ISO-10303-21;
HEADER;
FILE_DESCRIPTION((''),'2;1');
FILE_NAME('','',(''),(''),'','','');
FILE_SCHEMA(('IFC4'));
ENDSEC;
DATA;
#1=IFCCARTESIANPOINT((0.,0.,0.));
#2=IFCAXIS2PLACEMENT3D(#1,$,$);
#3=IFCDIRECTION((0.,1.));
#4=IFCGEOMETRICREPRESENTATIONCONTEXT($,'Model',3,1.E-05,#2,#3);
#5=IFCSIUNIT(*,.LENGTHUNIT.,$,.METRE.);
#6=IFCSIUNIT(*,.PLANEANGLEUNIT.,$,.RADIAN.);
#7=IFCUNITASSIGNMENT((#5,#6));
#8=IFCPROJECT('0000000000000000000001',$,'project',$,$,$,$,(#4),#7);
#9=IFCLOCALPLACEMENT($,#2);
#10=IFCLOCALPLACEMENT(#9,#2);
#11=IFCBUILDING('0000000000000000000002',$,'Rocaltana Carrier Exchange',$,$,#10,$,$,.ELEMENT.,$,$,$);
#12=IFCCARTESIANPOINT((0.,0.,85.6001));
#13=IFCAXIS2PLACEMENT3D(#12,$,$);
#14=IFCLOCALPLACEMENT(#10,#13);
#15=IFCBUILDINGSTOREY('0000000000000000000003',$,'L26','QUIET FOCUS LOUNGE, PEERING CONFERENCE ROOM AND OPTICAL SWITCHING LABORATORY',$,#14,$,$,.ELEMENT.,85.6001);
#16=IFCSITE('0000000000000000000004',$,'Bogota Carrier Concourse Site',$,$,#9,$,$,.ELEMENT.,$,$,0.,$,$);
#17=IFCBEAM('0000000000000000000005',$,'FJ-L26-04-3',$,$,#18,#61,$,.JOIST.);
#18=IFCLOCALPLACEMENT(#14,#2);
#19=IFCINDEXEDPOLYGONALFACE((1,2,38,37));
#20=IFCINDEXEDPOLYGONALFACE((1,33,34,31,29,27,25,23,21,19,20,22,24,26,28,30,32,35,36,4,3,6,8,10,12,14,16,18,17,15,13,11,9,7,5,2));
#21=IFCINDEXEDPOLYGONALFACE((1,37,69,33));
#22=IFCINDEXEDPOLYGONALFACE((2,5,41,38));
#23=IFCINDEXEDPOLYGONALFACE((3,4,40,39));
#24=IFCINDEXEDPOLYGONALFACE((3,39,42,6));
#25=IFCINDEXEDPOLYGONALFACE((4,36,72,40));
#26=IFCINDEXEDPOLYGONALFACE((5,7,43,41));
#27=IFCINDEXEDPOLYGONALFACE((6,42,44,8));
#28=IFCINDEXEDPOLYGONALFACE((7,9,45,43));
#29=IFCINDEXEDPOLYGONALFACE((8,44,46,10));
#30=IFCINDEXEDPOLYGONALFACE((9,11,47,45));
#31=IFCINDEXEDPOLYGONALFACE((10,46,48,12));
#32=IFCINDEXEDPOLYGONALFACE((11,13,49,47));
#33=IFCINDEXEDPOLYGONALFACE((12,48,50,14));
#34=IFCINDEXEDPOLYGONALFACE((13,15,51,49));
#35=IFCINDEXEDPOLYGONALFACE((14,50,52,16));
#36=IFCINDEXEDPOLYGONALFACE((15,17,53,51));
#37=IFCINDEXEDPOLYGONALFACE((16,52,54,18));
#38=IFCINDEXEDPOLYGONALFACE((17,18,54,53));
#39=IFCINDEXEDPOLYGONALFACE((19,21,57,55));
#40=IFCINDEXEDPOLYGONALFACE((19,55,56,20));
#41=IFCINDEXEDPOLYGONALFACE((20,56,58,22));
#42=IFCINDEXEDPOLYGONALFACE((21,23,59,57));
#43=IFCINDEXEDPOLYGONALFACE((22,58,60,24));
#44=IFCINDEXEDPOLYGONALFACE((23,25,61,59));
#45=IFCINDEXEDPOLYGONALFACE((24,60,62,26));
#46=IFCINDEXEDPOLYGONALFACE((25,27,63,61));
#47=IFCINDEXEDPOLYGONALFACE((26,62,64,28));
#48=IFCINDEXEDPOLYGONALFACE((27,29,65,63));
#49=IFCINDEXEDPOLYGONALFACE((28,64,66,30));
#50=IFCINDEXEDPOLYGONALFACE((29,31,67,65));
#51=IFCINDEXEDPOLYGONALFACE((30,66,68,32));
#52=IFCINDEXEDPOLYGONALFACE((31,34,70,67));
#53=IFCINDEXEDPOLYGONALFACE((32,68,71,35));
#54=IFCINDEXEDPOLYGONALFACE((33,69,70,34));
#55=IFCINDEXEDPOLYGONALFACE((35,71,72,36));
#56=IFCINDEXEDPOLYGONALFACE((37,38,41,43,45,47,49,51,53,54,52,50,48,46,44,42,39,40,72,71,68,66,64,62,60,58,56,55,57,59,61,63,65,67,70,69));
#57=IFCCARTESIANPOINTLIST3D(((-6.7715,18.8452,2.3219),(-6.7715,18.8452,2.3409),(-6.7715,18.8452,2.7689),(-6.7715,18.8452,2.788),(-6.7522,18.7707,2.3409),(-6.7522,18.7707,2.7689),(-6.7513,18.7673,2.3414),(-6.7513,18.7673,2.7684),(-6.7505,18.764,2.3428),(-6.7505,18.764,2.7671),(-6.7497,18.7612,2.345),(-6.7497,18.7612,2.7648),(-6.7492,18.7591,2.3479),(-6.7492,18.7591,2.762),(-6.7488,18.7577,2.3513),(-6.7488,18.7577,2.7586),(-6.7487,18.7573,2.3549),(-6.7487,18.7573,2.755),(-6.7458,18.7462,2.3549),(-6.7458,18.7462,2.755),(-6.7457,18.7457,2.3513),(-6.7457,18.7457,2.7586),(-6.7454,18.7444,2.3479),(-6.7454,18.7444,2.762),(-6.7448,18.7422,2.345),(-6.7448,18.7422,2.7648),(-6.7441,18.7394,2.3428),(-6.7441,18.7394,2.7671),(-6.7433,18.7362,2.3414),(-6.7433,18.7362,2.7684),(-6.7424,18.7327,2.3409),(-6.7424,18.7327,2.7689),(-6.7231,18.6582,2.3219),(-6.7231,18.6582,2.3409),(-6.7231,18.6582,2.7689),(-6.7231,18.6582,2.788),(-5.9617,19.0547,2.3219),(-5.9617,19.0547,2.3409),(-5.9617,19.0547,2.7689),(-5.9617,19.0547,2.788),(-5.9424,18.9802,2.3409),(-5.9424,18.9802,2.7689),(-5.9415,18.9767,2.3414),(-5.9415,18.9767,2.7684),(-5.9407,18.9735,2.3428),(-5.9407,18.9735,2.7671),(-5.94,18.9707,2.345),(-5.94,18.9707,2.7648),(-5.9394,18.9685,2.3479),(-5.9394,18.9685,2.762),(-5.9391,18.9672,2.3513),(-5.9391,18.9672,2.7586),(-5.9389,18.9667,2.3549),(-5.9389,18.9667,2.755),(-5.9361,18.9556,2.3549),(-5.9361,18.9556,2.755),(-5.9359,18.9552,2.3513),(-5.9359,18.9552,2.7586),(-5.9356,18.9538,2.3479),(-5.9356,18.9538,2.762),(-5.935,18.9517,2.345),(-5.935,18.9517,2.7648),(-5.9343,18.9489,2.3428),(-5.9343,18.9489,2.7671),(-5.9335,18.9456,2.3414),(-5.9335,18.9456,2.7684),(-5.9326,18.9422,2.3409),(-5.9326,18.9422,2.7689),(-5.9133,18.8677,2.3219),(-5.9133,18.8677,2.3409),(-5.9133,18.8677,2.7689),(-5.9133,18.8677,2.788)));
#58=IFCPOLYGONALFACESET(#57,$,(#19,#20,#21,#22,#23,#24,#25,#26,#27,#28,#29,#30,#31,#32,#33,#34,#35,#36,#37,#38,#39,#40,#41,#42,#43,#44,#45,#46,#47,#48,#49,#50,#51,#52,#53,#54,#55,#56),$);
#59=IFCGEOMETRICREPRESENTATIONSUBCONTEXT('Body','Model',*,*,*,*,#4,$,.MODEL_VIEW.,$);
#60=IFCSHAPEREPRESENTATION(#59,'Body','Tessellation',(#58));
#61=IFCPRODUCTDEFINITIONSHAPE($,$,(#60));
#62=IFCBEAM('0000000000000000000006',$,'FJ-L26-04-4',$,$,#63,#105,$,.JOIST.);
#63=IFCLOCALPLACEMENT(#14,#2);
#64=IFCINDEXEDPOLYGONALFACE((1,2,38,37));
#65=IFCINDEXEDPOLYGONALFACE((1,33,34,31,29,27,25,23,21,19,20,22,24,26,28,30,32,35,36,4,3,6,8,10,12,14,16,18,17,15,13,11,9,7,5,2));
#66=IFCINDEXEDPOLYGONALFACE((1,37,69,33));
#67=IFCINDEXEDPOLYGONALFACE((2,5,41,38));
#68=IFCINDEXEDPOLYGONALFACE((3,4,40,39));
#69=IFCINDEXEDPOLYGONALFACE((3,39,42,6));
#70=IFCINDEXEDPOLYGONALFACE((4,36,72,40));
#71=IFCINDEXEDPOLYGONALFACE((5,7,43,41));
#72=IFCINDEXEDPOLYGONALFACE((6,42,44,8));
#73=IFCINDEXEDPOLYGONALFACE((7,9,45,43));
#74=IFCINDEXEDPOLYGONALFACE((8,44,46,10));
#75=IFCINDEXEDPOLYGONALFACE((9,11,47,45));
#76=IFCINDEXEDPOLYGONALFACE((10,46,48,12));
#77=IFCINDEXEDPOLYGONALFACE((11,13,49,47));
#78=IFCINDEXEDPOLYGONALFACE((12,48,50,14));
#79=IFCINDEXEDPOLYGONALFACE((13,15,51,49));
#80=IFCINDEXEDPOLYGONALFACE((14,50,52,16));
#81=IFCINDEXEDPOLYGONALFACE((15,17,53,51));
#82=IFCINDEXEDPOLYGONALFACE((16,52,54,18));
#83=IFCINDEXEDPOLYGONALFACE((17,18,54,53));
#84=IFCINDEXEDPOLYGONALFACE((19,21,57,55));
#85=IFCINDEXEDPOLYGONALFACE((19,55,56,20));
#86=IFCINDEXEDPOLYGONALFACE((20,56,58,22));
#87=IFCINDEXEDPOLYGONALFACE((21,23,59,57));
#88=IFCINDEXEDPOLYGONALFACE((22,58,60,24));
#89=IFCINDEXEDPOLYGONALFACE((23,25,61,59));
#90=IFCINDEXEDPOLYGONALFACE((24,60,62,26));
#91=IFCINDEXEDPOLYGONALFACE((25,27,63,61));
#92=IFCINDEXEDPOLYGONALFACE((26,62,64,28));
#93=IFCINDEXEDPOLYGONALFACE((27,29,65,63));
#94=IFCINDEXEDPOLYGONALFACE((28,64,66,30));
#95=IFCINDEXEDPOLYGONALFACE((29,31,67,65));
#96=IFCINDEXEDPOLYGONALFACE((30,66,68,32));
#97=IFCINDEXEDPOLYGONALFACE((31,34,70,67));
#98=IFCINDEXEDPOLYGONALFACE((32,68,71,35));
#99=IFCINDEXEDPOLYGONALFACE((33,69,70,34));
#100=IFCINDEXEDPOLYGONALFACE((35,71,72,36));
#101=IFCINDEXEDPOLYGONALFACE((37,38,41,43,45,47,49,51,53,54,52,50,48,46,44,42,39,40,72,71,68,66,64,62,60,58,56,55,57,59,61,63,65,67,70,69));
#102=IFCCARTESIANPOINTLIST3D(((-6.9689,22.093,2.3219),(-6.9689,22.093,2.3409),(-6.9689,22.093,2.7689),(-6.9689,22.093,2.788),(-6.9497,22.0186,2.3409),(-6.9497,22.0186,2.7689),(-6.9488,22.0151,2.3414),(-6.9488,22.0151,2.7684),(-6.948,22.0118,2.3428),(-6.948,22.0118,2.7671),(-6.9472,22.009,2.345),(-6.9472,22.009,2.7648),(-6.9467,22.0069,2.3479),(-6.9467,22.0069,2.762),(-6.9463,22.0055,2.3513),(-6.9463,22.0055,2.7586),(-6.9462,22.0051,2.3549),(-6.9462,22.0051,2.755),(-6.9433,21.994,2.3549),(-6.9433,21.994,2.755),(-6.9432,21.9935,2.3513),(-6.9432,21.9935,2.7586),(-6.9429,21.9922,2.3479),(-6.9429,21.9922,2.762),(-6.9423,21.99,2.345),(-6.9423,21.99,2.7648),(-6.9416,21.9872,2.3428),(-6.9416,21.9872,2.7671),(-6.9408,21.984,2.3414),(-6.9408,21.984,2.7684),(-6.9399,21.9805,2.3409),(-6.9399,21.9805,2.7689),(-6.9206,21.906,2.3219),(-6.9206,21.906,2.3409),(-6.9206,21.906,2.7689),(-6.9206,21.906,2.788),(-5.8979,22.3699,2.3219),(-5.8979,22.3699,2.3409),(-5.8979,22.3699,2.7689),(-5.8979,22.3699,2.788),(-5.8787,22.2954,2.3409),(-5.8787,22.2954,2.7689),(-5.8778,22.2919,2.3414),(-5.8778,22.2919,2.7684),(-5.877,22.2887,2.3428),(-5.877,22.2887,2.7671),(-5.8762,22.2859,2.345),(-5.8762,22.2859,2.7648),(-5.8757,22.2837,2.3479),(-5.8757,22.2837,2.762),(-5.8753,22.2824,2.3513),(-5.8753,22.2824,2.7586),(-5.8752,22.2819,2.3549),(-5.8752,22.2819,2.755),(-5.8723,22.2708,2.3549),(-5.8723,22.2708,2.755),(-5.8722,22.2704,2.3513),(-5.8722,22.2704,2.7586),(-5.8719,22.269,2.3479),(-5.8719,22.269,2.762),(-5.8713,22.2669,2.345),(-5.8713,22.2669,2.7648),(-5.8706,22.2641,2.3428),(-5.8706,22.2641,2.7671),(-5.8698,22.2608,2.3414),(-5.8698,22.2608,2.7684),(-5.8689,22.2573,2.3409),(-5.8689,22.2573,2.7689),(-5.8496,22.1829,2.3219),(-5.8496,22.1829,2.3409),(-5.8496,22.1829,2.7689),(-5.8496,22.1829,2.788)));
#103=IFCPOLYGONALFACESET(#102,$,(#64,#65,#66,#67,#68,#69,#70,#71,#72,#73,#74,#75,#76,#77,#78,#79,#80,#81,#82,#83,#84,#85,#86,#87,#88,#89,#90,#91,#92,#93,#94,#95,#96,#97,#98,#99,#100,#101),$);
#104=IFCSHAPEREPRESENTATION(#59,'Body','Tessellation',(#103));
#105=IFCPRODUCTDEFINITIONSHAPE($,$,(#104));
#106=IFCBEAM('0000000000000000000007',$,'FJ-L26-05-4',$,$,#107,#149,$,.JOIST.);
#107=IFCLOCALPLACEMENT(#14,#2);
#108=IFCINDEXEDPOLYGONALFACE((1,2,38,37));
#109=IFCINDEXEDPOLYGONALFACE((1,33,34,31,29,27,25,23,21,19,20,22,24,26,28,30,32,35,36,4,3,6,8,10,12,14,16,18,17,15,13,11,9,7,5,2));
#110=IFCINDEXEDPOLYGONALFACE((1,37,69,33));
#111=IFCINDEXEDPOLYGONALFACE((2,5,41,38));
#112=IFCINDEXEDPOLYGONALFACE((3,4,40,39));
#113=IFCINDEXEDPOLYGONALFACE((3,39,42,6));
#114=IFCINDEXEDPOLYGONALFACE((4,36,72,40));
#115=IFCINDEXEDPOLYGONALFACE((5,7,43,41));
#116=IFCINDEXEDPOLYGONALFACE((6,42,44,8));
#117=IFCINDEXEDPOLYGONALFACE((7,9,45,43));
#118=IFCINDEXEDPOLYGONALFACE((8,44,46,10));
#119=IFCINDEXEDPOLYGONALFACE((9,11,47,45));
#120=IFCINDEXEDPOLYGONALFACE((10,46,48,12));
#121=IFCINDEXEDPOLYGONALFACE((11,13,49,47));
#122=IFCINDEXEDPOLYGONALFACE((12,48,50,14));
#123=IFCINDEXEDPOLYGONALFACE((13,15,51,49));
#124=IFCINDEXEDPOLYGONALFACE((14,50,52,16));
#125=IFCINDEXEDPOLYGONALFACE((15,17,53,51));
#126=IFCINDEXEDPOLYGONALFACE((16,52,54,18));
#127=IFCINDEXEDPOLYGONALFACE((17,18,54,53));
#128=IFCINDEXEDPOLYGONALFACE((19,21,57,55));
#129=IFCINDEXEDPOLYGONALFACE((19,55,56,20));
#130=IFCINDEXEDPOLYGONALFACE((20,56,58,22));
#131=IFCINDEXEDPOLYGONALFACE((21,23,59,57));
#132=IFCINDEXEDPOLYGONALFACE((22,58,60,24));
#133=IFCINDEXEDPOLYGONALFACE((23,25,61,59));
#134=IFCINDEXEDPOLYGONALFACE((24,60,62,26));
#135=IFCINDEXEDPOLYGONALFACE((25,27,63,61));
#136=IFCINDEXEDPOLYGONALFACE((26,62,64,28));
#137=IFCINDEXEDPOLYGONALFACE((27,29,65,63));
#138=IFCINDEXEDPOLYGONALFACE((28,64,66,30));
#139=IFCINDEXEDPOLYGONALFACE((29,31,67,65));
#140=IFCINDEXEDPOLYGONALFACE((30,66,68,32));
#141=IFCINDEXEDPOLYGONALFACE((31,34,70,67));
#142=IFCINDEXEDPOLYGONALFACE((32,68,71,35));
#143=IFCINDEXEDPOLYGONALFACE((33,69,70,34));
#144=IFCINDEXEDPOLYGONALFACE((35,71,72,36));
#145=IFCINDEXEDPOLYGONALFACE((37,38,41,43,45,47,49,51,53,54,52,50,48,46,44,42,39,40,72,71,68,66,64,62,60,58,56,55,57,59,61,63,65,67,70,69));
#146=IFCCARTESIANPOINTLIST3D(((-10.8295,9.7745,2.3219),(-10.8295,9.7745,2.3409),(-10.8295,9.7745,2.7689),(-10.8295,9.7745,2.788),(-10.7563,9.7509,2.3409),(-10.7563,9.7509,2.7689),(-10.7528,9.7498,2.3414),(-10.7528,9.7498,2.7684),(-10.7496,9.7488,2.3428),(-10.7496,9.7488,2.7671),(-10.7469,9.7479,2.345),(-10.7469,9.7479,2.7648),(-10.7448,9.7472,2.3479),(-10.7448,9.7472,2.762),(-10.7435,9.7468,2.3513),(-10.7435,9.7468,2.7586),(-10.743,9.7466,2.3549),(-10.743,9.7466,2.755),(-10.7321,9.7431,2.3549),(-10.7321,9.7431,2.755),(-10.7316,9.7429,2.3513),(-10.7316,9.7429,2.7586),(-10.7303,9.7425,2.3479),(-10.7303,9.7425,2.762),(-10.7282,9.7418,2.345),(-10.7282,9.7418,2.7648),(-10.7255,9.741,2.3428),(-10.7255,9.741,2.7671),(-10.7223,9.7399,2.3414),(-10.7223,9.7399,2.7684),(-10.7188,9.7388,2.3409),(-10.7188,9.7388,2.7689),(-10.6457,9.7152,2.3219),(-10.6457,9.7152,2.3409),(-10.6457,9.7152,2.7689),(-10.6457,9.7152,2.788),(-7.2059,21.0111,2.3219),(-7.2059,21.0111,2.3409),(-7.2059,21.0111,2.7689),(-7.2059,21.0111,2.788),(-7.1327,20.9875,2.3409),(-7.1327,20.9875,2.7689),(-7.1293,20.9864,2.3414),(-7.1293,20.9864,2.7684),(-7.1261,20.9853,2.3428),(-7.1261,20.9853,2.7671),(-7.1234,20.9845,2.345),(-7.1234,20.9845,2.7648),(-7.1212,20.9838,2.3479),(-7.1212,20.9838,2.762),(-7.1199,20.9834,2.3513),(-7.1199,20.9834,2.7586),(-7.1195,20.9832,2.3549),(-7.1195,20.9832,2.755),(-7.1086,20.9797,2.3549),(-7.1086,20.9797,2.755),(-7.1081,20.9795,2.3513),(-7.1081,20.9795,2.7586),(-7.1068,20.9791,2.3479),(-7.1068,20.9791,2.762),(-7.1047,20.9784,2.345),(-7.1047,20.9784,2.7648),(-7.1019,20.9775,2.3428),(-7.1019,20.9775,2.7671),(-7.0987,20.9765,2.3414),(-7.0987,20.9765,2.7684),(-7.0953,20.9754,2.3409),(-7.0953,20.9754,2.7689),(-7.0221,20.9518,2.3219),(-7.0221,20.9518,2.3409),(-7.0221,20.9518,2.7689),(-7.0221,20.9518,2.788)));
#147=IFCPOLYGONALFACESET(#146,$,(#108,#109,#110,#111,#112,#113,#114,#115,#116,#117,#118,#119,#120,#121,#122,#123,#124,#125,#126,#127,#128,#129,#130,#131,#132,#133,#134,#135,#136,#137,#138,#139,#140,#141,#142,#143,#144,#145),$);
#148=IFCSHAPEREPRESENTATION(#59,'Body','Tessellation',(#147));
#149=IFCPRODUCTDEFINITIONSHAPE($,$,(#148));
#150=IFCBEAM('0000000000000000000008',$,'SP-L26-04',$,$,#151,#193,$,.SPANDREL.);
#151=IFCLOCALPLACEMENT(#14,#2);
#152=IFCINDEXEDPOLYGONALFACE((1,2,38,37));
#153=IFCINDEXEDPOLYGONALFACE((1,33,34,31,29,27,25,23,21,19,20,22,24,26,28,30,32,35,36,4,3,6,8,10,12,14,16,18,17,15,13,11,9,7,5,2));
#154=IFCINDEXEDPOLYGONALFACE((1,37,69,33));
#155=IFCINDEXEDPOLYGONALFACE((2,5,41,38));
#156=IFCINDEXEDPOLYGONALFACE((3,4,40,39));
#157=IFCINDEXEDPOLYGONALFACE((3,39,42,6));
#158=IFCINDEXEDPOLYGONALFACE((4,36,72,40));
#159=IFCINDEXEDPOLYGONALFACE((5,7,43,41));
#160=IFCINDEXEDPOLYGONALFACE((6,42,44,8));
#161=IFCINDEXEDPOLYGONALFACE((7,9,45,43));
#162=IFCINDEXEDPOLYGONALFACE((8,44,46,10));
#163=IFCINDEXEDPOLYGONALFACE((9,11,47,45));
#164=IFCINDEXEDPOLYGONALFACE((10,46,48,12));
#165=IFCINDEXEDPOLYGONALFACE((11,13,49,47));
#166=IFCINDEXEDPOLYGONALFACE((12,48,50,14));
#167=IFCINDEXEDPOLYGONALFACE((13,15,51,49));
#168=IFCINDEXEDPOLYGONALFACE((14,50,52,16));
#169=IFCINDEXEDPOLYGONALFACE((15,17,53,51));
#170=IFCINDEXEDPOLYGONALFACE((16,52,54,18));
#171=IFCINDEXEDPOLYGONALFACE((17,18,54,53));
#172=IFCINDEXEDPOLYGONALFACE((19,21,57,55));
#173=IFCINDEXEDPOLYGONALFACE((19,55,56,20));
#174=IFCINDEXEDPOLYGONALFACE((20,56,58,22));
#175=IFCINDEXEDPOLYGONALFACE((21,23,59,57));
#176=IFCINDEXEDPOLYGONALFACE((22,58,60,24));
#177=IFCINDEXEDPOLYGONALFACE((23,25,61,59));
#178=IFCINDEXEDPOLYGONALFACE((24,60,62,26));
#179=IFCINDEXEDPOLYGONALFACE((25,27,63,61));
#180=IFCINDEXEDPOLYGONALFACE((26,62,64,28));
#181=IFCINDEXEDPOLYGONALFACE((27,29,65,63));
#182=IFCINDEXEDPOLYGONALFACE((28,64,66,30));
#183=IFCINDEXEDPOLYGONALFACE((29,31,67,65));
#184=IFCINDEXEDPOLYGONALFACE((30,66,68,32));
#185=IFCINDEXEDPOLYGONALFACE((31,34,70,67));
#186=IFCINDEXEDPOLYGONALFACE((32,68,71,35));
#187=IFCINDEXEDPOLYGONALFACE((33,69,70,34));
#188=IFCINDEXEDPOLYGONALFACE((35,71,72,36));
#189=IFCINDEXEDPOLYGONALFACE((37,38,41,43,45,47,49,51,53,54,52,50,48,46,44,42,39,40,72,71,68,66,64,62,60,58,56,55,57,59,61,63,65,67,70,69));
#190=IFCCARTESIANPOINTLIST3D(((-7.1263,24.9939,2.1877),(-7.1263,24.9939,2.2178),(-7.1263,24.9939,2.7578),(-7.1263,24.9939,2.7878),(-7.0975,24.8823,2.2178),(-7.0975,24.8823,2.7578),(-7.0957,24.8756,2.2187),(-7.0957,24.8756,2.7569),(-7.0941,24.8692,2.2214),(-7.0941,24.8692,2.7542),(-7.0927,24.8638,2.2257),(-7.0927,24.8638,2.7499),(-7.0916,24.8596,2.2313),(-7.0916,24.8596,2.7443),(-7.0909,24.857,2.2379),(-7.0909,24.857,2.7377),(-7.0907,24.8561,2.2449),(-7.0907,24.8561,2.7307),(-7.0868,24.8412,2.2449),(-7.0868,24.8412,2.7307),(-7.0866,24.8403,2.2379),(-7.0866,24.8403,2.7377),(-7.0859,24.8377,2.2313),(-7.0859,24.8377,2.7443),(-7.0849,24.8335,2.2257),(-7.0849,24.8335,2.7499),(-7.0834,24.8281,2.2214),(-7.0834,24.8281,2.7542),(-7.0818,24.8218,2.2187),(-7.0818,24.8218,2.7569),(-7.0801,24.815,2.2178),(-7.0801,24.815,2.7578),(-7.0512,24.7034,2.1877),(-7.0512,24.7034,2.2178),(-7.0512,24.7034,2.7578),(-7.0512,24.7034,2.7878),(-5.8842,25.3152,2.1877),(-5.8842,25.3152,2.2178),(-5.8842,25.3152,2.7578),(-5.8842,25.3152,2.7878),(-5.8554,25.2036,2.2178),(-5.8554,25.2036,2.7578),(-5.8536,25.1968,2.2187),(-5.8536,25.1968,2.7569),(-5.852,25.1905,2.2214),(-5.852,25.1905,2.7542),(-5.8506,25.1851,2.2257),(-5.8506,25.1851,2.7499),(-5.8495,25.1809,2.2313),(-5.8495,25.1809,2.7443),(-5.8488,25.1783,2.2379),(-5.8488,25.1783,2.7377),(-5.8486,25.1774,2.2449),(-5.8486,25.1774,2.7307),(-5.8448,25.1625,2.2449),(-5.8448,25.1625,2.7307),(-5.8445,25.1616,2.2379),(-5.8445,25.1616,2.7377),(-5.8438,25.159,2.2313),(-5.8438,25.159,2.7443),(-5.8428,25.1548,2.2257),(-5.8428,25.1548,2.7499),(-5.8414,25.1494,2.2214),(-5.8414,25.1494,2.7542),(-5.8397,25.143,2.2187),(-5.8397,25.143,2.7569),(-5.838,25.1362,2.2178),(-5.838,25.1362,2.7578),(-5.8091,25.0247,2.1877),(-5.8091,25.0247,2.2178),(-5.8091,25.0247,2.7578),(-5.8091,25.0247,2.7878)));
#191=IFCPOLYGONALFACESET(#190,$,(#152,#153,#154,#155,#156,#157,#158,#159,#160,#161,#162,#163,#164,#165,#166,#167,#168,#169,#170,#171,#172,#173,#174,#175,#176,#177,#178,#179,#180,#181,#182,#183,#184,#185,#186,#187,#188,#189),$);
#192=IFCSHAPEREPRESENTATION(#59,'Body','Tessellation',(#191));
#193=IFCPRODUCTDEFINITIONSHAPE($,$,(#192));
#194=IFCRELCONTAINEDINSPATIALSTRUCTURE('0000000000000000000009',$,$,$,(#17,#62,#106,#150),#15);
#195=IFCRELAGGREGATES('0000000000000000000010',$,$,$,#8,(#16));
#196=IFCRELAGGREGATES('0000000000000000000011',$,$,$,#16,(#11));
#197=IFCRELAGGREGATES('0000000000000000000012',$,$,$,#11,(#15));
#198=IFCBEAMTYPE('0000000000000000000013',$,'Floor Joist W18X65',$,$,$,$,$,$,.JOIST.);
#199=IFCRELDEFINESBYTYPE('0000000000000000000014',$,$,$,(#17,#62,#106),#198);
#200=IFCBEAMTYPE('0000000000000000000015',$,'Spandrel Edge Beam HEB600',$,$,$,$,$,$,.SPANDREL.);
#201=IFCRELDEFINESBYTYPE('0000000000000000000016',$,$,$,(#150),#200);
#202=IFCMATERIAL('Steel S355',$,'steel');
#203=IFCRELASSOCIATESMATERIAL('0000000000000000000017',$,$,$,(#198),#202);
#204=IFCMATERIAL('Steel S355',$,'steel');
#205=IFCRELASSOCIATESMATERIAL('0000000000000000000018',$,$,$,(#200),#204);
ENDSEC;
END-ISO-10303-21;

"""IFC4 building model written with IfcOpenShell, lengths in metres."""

from ifc_helpers import new_model, si_unit, direction, frame, origin, origin_2d, place, context, subcontext, project, spatial, i_section, extrude, material, material_profile, profile_set, type_object, element, save


model = new_model("IFC4")

# Units and contexts
model_context = context("Model", 3, precision=1e-05, world=origin(), true_north=direction((0.0, 1.0)))
body_context = subcontext(model_context, "Body", "Model", "MODEL_VIEW")
ifc_project = project(units=[si_unit("LENGTHUNIT", "METRE"), si_unit("PLANEANGLEUNIT", "RADIAN")], contexts=[model_context])

# Site, building, storey
site_placement = place(None, origin())
site = spatial("IfcSite", under=ifc_project, at=site_placement, Name="Bogota Carrier Concourse Site", CompositionType="ELEMENT", RefElevation=0.0)
building_placement = place(site_placement, origin())
building = spatial("IfcBuilding", under=site, at=building_placement, Name="Rocaltana Carrier Exchange", CompositionType="ELEMENT")
storey_placement = place(building_placement, frame((0.0, 0.0, 85.6001)))
storey = spatial("IfcBuildingStorey", under=building, at=storey_placement, Name="L26", Description="QUIET FOCUS LOUNGE, PEERING CONFERENCE ROOM AND OPTICAL SWITCHING LABORATORY", CompositionType="ELEMENT", Elevation=85.6001)

# Beams
ifc_material_1 = material(Name="Steel S355", Category="steel")
ifc_material_profile_1 = material_profile(ifc_material_1, i_section(OverallWidth=0.1931, OverallDepth=0.4661, WebThickness=0.0115, FlangeThickness=0.019, FilletRadius=0.0139, at=origin_2d()), Name="W18X65")
ifc_profile_set_1 = profile_set([ifc_material_profile_1], Name="Steel S355")
beam_type_1 = type_object("IfcBeamType", Name="Floor Joist W18X65", PredefinedType="JOIST", material=ifc_profile_set_1)
beam_1_placement = place(storey_placement, frame((-5.9375, 18.9612, 2.5549), z_axis=(-0.968136, -0.250425, 0.0), x_axis=(0.250425, -0.968136, 0.0)))
element("IfcBeam", 1, at=beam_1_placement, inside=storey, type_object=beam_type_1, Name="FJ-L26-04-3", PredefinedType="JOIST", context=body_context, shape_type="SweptSolid", body=[
    extrude(i_section(OverallWidth=0.1931, OverallDepth=0.4661, WebThickness=0.0115, FlangeThickness=0.019, FilletRadius=0.0139, at=origin_2d()), origin(), (0.0, 0.0, 1.0), 0.8364),
])
beam_2_placement = place(storey_placement, frame((-5.8738, 22.2764, 2.5549), z_axis=(-0.968177, -0.250265, 0.0), x_axis=(0.250265, -0.968177, 0.0)))
element("IfcBeam", 2, at=beam_2_placement, inside=storey, type_object=beam_type_1, Name="FJ-L26-04-4", PredefinedType="JOIST", context=body_context, shape_type="SweptSolid", body=[
    extrude(i_section(OverallWidth=0.1931, OverallDepth=0.4661, WebThickness=0.0115, FlangeThickness=0.019, FilletRadius=0.0139, at=origin_2d()), origin(), (0.0, 0.0, 1.0), 1.1062),
])
beam_3_placement = place(storey_placement, frame((-7.114, 20.9814, 2.5549), z_axis=(-0.306913, -0.951737, 0.0), x_axis=(0.951737, -0.306913, 0.0)))
element("IfcBeam", 3, at=beam_3_placement, inside=storey, type_object=beam_type_1, Name="FJ-L26-05-4", PredefinedType="JOIST", context=body_context, shape_type="SweptSolid", body=[
    extrude(i_section(OverallWidth=0.1931, OverallDepth=0.4661, WebThickness=0.0115, FlangeThickness=0.019, FilletRadius=0.0139, at=origin_2d()), origin(), (0.0, 0.0, 1.0), 11.8064),
])
ifc_material_2 = material(Name="Steel S355", Category="steel")
ifc_material_profile_2 = material_profile(ifc_material_2, i_section(OverallWidth=0.3, OverallDepth=0.6001, WebThickness=0.0154, FlangeThickness=0.03, FilletRadius=0.0271, at=origin_2d()), Name="HEB600")
ifc_profile_set_2 = profile_set([ifc_material_profile_2], Name="Steel S355")
beam_type_2 = type_object("IfcBeamType", Name="Spandrel Edge Beam HEB600", PredefinedType="SPANDREL", material=ifc_profile_set_2)
beam_4_placement = place(storey_placement, frame((-5.8467, 25.1699, 2.4878), z_axis=(-0.968141, -0.250407, 0.0), x_axis=(0.250407, -0.968141, 0.0)))
element("IfcBeam", 4, at=beam_4_placement, inside=storey, type_object=beam_type_2, Name="SP-L26-04", PredefinedType="SPANDREL", context=body_context, shape_type="SweptSolid", body=[
    extrude(i_section(OverallWidth=0.3, OverallDepth=0.6001, WebThickness=0.0154, FlangeThickness=0.03, FilletRadius=0.0271, at=origin_2d()), origin(), (0.0, 0.0, 1.0), 1.283),
])

save(model, "model.ifc")
